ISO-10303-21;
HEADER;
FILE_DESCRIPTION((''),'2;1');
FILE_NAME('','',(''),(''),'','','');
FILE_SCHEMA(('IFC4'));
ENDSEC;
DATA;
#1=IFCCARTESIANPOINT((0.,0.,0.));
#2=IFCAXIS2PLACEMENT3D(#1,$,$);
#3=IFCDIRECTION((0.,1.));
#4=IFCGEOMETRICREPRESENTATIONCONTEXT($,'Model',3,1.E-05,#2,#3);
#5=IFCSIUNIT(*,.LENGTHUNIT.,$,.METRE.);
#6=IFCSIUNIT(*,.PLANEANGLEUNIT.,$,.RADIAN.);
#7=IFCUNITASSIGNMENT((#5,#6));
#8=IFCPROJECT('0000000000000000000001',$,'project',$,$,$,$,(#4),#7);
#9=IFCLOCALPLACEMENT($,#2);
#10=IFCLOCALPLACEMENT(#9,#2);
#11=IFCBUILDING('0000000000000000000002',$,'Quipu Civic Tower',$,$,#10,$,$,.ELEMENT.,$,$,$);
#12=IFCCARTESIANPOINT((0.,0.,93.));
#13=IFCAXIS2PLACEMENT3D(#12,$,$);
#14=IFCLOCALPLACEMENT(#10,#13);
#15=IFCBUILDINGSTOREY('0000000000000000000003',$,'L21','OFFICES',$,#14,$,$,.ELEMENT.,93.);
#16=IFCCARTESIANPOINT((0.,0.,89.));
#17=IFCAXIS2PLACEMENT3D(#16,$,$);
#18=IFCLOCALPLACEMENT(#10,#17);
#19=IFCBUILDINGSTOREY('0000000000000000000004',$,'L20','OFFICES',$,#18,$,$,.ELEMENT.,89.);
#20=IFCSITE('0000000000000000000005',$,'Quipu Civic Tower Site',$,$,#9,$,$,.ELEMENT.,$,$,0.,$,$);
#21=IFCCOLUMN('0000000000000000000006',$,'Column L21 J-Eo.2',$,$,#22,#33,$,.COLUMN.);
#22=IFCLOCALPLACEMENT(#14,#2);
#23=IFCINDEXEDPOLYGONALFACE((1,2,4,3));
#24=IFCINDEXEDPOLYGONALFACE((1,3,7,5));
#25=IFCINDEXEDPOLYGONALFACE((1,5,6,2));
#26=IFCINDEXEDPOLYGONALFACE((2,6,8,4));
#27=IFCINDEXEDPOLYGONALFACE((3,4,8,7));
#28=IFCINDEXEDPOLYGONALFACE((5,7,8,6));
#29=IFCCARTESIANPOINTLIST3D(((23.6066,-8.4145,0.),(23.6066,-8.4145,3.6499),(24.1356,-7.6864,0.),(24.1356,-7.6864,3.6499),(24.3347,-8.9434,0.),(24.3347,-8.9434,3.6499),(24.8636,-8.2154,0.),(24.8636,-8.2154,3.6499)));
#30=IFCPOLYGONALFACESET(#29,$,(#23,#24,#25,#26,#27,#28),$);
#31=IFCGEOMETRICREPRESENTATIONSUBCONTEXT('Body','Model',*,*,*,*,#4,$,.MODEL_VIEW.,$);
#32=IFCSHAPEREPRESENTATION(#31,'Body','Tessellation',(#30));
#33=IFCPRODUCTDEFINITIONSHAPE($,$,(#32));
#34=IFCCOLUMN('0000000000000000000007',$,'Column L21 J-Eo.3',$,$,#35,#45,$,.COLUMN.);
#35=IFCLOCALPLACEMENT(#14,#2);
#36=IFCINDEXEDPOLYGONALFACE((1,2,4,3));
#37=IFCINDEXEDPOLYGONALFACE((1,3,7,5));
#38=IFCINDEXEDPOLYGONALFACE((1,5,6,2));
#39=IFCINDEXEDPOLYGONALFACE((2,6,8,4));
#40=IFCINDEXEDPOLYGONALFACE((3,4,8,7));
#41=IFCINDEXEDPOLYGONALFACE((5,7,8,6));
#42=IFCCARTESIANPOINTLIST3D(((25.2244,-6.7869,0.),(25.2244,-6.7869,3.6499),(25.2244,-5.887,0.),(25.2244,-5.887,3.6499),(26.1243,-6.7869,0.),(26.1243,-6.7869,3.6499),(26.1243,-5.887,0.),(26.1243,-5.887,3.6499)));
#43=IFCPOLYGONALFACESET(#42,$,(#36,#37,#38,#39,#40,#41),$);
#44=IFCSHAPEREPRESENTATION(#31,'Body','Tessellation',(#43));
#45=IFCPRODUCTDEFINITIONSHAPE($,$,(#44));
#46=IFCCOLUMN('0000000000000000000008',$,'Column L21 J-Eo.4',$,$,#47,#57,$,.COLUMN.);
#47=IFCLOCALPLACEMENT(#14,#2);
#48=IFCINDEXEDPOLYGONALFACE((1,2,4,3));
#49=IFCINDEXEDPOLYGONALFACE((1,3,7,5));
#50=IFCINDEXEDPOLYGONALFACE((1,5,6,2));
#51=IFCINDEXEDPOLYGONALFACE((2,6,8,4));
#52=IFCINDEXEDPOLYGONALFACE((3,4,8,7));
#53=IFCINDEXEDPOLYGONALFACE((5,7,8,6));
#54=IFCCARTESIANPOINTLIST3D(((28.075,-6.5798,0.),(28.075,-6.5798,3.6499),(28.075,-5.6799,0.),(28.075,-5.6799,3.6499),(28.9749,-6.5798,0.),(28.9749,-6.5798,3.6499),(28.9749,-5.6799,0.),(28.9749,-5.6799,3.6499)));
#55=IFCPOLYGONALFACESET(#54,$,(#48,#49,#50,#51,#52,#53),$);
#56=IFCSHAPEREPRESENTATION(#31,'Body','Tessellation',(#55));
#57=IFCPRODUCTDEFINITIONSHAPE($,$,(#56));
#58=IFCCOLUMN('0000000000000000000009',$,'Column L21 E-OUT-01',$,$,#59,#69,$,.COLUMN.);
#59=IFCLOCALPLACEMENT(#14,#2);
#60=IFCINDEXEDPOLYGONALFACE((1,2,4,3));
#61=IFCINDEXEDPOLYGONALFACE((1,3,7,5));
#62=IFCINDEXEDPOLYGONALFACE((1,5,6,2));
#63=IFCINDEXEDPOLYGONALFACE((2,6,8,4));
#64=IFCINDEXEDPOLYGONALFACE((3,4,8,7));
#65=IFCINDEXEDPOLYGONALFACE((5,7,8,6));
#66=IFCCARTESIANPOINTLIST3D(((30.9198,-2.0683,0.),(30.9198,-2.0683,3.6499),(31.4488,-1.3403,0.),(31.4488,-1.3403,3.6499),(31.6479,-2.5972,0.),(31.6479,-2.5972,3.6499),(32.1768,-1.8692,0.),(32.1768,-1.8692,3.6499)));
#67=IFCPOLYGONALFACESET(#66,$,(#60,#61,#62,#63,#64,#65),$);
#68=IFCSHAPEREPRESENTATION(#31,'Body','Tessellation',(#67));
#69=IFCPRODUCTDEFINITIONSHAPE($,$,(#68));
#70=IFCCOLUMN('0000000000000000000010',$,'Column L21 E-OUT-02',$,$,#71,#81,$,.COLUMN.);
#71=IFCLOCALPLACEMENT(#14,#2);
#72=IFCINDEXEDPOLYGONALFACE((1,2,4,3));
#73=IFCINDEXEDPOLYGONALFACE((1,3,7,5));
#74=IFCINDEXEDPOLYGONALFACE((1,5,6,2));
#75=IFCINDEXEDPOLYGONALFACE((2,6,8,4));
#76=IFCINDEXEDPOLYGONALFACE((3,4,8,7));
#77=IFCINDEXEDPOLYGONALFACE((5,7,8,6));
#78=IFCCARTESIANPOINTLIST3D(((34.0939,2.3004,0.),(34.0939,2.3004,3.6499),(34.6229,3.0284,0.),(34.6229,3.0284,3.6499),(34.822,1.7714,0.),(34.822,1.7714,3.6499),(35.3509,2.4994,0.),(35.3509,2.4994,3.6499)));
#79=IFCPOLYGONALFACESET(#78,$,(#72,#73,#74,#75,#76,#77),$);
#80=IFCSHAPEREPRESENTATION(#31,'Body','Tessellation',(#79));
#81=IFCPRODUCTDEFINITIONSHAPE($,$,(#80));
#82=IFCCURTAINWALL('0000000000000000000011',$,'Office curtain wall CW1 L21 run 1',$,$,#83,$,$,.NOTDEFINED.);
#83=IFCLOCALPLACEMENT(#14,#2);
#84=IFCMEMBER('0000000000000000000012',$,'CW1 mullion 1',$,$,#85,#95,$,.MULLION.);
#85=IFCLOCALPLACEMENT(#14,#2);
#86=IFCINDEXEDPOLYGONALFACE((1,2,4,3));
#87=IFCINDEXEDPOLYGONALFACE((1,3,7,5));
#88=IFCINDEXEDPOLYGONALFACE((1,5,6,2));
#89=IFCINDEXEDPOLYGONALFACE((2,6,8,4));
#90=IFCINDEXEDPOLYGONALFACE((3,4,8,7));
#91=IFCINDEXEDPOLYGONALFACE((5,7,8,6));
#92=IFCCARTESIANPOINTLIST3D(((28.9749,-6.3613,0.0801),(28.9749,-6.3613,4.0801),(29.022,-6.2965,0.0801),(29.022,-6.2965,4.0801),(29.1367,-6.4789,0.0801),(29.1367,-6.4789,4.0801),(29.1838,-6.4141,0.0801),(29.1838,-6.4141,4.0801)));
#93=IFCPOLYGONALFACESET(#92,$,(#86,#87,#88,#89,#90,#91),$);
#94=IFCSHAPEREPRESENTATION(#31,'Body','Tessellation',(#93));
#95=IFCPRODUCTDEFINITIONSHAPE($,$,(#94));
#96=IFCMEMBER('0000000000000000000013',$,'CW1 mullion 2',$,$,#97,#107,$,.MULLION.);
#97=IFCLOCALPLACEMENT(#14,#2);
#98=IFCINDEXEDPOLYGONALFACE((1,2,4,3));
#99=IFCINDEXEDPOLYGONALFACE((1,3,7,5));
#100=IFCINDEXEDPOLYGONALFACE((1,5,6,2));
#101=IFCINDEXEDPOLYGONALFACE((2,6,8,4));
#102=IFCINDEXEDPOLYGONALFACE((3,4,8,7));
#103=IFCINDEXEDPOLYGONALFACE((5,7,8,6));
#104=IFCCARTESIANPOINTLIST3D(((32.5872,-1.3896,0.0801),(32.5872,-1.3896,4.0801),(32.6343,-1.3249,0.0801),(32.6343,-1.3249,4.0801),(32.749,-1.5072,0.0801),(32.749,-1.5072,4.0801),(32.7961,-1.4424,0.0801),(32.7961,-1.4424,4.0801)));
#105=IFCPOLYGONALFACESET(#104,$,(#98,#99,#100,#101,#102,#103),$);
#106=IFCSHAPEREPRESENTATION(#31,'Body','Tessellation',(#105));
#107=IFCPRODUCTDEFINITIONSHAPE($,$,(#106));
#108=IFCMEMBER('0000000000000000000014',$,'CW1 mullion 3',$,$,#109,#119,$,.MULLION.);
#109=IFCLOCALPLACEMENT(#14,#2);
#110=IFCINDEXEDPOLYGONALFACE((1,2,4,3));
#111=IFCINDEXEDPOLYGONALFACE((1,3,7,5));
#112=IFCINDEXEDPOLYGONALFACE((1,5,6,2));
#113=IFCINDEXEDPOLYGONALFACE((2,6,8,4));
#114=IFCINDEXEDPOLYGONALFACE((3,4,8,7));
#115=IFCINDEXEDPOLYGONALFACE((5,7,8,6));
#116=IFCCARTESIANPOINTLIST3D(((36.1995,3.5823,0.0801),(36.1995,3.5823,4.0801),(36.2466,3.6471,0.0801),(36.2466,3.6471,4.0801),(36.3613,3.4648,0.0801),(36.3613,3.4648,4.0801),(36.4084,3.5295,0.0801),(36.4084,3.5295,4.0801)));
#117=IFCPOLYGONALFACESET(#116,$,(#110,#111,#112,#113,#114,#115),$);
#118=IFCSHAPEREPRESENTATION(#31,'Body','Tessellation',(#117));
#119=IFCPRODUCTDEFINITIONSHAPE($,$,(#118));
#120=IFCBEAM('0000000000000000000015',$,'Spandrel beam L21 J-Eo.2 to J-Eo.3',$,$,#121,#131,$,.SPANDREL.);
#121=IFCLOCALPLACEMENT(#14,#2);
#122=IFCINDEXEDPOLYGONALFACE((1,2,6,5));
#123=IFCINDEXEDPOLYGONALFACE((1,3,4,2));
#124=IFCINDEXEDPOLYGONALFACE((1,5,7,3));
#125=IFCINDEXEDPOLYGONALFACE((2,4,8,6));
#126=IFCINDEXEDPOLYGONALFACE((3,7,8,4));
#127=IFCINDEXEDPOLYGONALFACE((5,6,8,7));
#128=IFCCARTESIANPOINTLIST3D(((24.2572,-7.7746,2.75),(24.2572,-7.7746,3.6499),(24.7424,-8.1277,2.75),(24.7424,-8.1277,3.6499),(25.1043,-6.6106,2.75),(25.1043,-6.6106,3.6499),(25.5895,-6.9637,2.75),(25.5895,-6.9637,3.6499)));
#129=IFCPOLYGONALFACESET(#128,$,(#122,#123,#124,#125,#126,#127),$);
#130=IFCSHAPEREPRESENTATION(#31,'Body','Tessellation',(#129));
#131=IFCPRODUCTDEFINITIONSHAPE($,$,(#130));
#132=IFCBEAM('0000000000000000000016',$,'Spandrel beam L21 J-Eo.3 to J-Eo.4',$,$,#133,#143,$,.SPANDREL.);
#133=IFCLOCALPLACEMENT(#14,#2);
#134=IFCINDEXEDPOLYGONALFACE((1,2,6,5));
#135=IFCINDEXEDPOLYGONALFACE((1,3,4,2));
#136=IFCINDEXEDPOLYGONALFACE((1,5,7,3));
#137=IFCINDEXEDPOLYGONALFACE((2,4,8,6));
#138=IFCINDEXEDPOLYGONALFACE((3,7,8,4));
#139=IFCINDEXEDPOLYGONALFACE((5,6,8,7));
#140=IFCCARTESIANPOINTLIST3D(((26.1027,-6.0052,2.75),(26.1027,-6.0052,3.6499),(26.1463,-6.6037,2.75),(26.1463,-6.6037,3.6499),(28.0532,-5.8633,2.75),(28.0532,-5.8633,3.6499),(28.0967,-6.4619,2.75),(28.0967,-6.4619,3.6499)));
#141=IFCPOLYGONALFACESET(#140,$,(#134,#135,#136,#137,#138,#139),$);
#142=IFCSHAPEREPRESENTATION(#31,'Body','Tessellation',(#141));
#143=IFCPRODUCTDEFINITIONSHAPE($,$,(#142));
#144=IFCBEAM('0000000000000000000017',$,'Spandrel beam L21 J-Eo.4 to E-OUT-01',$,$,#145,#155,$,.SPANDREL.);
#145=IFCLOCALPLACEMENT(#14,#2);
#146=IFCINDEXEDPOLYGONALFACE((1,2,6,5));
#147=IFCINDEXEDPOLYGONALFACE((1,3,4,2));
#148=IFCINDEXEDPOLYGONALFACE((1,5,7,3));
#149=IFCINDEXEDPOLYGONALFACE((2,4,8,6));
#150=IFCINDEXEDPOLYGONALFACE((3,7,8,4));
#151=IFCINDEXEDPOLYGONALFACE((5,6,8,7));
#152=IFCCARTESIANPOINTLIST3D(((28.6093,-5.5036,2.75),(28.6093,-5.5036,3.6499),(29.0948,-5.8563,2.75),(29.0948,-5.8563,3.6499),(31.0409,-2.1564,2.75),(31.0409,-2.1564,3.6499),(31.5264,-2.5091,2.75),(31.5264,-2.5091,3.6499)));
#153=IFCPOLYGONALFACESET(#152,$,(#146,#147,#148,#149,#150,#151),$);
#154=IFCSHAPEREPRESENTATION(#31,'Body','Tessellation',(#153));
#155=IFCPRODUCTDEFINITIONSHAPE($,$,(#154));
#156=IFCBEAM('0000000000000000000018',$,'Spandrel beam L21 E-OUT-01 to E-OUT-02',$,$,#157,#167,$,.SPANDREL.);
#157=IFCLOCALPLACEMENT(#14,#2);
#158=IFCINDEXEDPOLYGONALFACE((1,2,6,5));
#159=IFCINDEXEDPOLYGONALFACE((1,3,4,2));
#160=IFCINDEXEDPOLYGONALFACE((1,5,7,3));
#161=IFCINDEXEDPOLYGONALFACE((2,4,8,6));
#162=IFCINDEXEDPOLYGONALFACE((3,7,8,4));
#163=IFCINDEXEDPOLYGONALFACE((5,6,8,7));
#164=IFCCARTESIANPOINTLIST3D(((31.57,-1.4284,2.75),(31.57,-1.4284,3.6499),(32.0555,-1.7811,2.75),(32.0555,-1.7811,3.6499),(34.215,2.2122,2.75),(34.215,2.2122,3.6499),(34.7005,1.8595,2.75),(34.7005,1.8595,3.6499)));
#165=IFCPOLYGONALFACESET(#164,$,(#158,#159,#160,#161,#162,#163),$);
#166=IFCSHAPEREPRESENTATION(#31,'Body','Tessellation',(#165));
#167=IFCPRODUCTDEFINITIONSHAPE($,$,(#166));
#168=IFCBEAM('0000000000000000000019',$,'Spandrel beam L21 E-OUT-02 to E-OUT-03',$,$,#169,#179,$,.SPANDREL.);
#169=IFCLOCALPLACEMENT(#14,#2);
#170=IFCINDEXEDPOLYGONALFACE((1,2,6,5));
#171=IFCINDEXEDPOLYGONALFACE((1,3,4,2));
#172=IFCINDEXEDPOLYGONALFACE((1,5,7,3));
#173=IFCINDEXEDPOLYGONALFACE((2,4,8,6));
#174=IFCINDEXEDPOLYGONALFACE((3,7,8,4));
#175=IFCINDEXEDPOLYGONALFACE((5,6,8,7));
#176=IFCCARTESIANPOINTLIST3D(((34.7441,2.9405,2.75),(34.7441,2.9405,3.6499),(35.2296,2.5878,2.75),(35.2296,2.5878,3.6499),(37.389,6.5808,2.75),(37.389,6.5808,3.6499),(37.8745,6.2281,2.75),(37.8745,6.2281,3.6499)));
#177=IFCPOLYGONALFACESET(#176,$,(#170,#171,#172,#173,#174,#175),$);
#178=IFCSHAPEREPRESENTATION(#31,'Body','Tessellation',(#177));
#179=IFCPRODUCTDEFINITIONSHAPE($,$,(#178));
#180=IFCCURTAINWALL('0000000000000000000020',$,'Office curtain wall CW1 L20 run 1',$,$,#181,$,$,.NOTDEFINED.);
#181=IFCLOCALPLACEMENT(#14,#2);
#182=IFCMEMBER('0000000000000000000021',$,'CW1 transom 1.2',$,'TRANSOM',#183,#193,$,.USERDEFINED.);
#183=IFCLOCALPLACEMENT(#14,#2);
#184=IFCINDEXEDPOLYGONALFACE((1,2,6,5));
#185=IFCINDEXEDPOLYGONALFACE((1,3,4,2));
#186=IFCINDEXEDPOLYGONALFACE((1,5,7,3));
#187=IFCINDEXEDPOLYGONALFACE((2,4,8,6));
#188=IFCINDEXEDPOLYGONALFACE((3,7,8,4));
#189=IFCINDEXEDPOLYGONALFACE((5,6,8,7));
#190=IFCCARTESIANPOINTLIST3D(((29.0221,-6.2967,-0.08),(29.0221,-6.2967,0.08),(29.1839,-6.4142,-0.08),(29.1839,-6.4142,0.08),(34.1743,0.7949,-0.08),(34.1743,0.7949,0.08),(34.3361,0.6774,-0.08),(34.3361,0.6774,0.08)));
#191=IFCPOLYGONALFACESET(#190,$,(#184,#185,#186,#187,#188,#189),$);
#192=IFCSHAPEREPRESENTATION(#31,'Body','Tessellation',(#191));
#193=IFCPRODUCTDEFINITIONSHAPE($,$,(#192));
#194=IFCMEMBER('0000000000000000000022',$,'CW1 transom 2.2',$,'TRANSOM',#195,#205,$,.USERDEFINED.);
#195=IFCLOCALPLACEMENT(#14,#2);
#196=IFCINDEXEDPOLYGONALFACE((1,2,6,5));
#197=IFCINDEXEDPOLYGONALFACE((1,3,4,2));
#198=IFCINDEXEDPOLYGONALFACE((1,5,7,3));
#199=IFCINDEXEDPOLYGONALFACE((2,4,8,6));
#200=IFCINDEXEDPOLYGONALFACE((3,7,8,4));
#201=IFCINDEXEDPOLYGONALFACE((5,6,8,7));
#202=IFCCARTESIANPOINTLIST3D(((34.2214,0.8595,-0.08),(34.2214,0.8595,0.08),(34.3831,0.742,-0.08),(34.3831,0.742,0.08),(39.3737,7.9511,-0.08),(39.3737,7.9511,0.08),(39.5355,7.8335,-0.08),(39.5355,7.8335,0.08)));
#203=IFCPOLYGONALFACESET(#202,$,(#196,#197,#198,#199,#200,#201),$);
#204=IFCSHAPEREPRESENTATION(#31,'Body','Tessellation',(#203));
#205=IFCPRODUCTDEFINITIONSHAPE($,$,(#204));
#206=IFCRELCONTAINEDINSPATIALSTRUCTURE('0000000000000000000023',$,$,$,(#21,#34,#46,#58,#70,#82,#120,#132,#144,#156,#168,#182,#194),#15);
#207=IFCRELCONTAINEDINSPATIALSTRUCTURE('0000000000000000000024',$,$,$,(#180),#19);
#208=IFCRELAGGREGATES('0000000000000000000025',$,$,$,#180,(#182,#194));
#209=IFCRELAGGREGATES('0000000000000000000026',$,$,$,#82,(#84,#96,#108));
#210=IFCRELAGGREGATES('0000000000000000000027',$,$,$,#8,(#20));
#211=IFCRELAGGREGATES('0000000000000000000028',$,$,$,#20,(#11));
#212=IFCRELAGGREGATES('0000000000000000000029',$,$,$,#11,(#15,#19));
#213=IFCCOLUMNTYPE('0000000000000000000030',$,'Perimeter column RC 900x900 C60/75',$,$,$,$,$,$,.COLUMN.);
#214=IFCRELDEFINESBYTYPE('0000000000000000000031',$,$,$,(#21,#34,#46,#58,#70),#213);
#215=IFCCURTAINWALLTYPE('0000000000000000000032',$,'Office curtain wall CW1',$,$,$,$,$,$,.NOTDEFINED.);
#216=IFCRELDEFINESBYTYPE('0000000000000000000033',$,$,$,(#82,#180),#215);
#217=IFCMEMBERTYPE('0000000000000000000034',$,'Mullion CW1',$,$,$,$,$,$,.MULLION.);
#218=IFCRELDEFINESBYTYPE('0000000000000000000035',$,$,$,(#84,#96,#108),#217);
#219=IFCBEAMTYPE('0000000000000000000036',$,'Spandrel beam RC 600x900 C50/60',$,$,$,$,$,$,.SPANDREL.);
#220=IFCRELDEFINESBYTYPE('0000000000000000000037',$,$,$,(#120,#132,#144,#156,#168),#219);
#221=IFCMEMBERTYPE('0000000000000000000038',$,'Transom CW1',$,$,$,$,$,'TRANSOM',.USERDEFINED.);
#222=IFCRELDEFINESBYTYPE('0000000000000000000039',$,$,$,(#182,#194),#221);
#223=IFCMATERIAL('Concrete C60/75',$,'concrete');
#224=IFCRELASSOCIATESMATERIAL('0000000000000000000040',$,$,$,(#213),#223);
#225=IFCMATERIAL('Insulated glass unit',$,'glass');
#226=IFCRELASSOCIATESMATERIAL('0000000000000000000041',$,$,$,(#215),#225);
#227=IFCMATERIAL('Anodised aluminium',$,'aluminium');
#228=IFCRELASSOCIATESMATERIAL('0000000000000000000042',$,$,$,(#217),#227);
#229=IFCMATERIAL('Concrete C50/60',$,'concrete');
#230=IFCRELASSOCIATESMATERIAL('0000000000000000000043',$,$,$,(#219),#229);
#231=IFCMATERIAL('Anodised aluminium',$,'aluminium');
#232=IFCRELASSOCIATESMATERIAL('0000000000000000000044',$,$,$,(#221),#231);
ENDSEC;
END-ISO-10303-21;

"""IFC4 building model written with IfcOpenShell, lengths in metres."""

from ifc_helpers import new_model, si_unit, direction, frame, origin, origin_2d, place, context, subcontext, project, spatial, rectangle, extrude, material, material_profile, profile_set, type_object, element, aggregate, save


model = new_model("IFC4")

# Units and contexts
model_context = context("Model", 3, precision=1e-05, world=origin(), true_north=direction((0.0, 1.0)))
body_context = subcontext(model_context, "Body", "Model", "MODEL_VIEW")
ifc_project = project(units=[si_unit("LENGTHUNIT", "METRE"), si_unit("PLANEANGLEUNIT", "RADIAN")], contexts=[model_context])

# Site, building, storey
site_placement = place(None, origin())
site = spatial("IfcSite", under=ifc_project, at=site_placement, Name="Quipu Civic Tower Site", CompositionType="ELEMENT", RefElevation=0.0)
building_placement = place(site_placement, origin())
building = spatial("IfcBuilding", under=site, at=building_placement, Name="Quipu Civic Tower", CompositionType="ELEMENT")
storey_1_placement = place(building_placement, frame((0.0, 0.0, 93.0)))
storey_1 = spatial("IfcBuildingStorey", under=building, at=storey_1_placement, Name="L21", Description="OFFICES", CompositionType="ELEMENT", Elevation=93.0)

# Columns
ifc_material_1 = material(Name="Concrete C60/75", Category="concrete")
ifc_material_profile_1 = material_profile(ifc_material_1, rectangle(XDim=0.8999, YDim=0.8999, at=origin_2d()), Name="RC900x900")
ifc_profile_set_1 = profile_set([ifc_material_profile_1], Name="Concrete C60/75")
column_type = type_object("IfcColumnType", Name="Perimeter column RC 900x900 C60/75", PredefinedType="COLUMN", material=ifc_profile_set_1)
for number, where, z_axis, x_axis, name in (
    (1, (24.2351, -8.3149, 0.0), (0.0, 0.0, 1.0), (0.587785, 0.809017, 0.0), "Column L21 J-Eo.2"),
    (2, (25.6743, -6.3369, 0.0), (0.0, 0.0, 1.0), (1.0, 0.0, 0.0), "Column L21 J-Eo.3"),
    (3, (28.5249, -6.1299, 0.0), (0.0, 0.0, 1.0), (1.0, 0.0, 0.0), "Column L21 J-Eo.4"),
    (4, (31.5483, -1.9688, 0.0), (0.0, 0.0, 1.0), (0.587785, 0.809017, 0.0), "Column L21 E-OUT-01"),
    (5, (34.7224, 2.3999, 0.0), (0.0, 0.0, 1.0), (0.587785, 0.809017, 0.0), "Column L21 E-OUT-02"),
):
    element("IfcColumn", number, at=place(storey_1_placement, frame(where, z_axis=z_axis, x_axis=x_axis)), inside=storey_1, type_object=column_type, Name=name, PredefinedType="COLUMN", context=body_context, shape_type="SweptSolid", body=[
        extrude(rectangle(XDim=0.8999, YDim=0.8999, at=origin_2d()), origin(), (0.0, 0.0, 1.0), 3.6499),
    ])

# Curtain wall, members
ifc_material_2 = material(Name="Insulated glass unit", Category="glass")
curtain_wall_type = type_object("IfcCurtainWallType", Name="Office curtain wall CW1", PredefinedType="NOTDEFINED", material=ifc_material_2)
curtain_wall_1_placement = place(storey_1_placement, origin())
curtain_wall_1 = element("IfcCurtainWall", 6, at=curtain_wall_1_placement, inside=storey_1, type_object=curtain_wall_type, Name="Office curtain wall CW1 L21 run 1", PredefinedType="NOTDEFINED")
ifc_material_3 = material(Name="Anodised aluminium", Category="aluminium")
ifc_material_profile_2 = material_profile(ifc_material_3, rectangle(XDim=0.2, YDim=0.0801, at=origin_2d()), Name="RECT 200x80")
ifc_profile_set_2 = profile_set([ifc_material_profile_2], Name="Anodised aluminium")
member_type_1 = type_object("IfcMemberType", Name="Mullion CW1", PredefinedType="MULLION", material=ifc_profile_set_2)
member_1_placement = place(storey_1_placement, frame((29.0793, -6.3877, 0.0801), z_axis=(0.0, 0.0, 1.0), x_axis=(-0.809018, 0.587784, 0.0)))
member_1 = element("IfcMember", 7, at=member_1_placement, type_object=member_type_1, Name="CW1 mullion 1", PredefinedType="MULLION", context=body_context, shape_type="SweptSolid", body=[
    extrude(rectangle(XDim=0.2, YDim=0.0801, at=origin_2d()), origin(), (0.0, 0.0, 1.0), 4.0),
])
member_2_placement = place(storey_1_placement, frame((32.6917, -1.416, 0.0801), z_axis=(0.0, 0.0, 1.0), x_axis=(-0.809018, 0.587784, 0.0)))
member_2 = element("IfcMember", 8, at=member_2_placement, type_object=member_type_1, Name="CW1 mullion 2", PredefinedType="MULLION", context=body_context, shape_type="SweptSolid", body=[
    extrude(rectangle(XDim=0.2, YDim=0.0801, at=origin_2d()), origin(), (0.0, 0.0, 1.0), 4.0),
])
member_3_placement = place(storey_1_placement, frame((36.304, 3.5559, 0.0801), z_axis=(0.0, 0.0, 1.0), x_axis=(-0.809018, 0.587784, 0.0)))
member_3 = element("IfcMember", 9, at=member_3_placement, type_object=member_type_1, Name="CW1 mullion 3", PredefinedType="MULLION", context=body_context, shape_type="SweptSolid", body=[
    extrude(rectangle(XDim=0.2, YDim=0.0801, at=origin_2d()), origin(), (0.0, 0.0, 1.0), 4.0),
])

# Beams
ifc_material_4 = material(Name="Concrete C50/60", Category="concrete")
ifc_material_profile_3 = material_profile(ifc_material_4, rectangle(XDim=0.6001, YDim=0.8999, at=origin_2d()), Name="RC600x900")
ifc_profile_set_3 = profile_set([ifc_material_profile_3], Name="Concrete C50/60")
beam_type = type_object("IfcBeamType", Name="Spandrel beam RC 600x900 C50/60", PredefinedType="SPANDREL", material=ifc_profile_set_3)
beam_1_placement = place(storey_1_placement, frame((24.4998, -7.9512, 3.2), z_axis=(0.588434, 0.808545, 0.0), x_axis=(-0.808545, 0.588434, 0.0)))
element("IfcBeam", 10, at=beam_1_placement, inside=storey_1, type_object=beam_type, Name="Spandrel beam L21 J-Eo.2 to J-Eo.3", PredefinedType="SPANDREL", context=body_context, shape_type="SweptSolid", body=[
    extrude(rectangle(XDim=0.6001, YDim=0.8999, at=origin_2d()), origin(), (0.0, 0.0, 1.0), 1.4397),
])
beam_2_placement = place(storey_1_placement, frame((26.1245, -6.3044, 3.2), z_axis=(0.997366, 0.072533, 0.0), x_axis=(-0.072533, 0.997366, 0.0)))
element("IfcBeam", 11, at=beam_2_placement, inside=storey_1, type_object=beam_type, Name="Spandrel beam L21 J-Eo.3 to J-Eo.4", PredefinedType="SPANDREL", context=body_context, shape_type="SweptSolid", body=[
    extrude(rectangle(XDim=0.6001, YDim=0.8999, at=origin_2d()), origin(), (0.0, 0.0, 1.0), 1.9556),
])
beam_3_placement = place(storey_1_placement, frame((28.8521, -5.6799, 3.2), z_axis=(0.587751, 0.809042, 0.0), x_axis=(-0.809042, 0.587751, 0.0)))
element("IfcBeam", 12, at=beam_3_placement, inside=storey_1, type_object=beam_type, Name="Spandrel beam L21 J-Eo.4 to E-OUT-01", PredefinedType="SPANDREL", context=body_context, shape_type="SweptSolid", body=[
    extrude(rectangle(XDim=0.6001, YDim=0.8999, at=origin_2d()), origin(), (0.0, 0.0, 1.0), 4.1372),
])
beam_4_placement = place(storey_1_placement, frame((31.8127, -1.6047, 3.2), z_axis=(0.587778, 0.809022, 0.0), x_axis=(-0.809022, 0.587778, 0.0)))
element("IfcBeam", 13, at=beam_4_placement, inside=storey_1, type_object=beam_type, Name="Spandrel beam L21 E-OUT-01 to E-OUT-02", PredefinedType="SPANDREL", context=body_context, shape_type="SweptSolid", body=[
    extrude(rectangle(XDim=0.6001, YDim=0.8999, at=origin_2d()), origin(), (0.0, 0.0, 1.0), 4.5),
])
beam_5_placement = place(storey_1_placement, frame((34.9868, 2.7642, 3.2), z_axis=(0.587804, 0.809003, 0.0), x_axis=(-0.809003, 0.587804, 0.0)))
element("IfcBeam", 14, at=beam_5_placement, inside=storey_1, type_object=beam_type, Name="Spandrel beam L21 E-OUT-02 to E-OUT-03", PredefinedType="SPANDREL", context=body_context, shape_type="SweptSolid", body=[
    extrude(rectangle(XDim=0.6001, YDim=0.8999, at=origin_2d()), origin(), (0.0, 0.0, 1.0), 4.4998),
])

# Shared definitions
storey_2_placement = place(building_placement, frame((0.0, 0.0, 89.0)))
storey_2 = spatial("IfcBuildingStorey", under=building, at=storey_2_placement, Name="L20", Description="OFFICES", CompositionType="ELEMENT", Elevation=89.0)

# Curtain wall, members
curtain_wall_2_placement = place(storey_2_placement, origin())
curtain_wall_2 = element("IfcCurtainWall", 15, at=curtain_wall_2_placement, inside=storey_2, type_object=curtain_wall_type, Name="Office curtain wall CW1 L20 run 1", PredefinedType="NOTDEFINED")
ifc_material_5 = material(Name="Anodised aluminium", Category="aluminium")
ifc_material_profile_4 = material_profile(ifc_material_5, rectangle(XDim=0.2, YDim=0.1599, at=origin_2d()), Name="RECT 200x160")
ifc_profile_set_4 = profile_set([ifc_material_profile_4], Name="Anodised aluminium")
member_type_2 = type_object("IfcMemberType", Name="Transom CW1", ElementType="TRANSOM", PredefinedType="USERDEFINED", material=ifc_profile_set_4)
member_4_placement = place(storey_1_placement, frame((29.103, -6.3555, 0.0), z_axis=(0.587769, 0.809029, 0.0), x_axis=(-0.809029, 0.587769, 0.0)))
member_4 = element("IfcMember", 16, at=member_4_placement, inside=storey_1, type_object=member_type_2, Name="CW1 transom 1.2", ObjectType="TRANSOM", PredefinedType="USERDEFINED", context=body_context, shape_type="SweptSolid", body=[
    extrude(rectangle(XDim=0.2, YDim=0.1599, at=origin_2d()), origin(), (0.0, 0.0, 1.0), 8.7656),
])
member_5_placement = place(storey_1_placement, frame((34.3022, 0.8008, 0.0), z_axis=(0.587787, 0.809015, 0.0), x_axis=(-0.809015, 0.587787, 0.0)))
member_5 = element("IfcMember", 17, at=member_5_placement, inside=storey_1, type_object=member_type_2, Name="CW1 transom 2.2", ObjectType="TRANSOM", PredefinedType="USERDEFINED", context=body_context, shape_type="SweptSolid", body=[
    extrude(rectangle(XDim=0.2, YDim=0.1599, at=origin_2d()), origin(), (0.0, 0.0, 1.0), 8.7656),
])
aggregate(curtain_wall_2, [member_4, member_5])

aggregate(curtain_wall_1, [member_1, member_2, member_3])

save(model, "model.ifc")
